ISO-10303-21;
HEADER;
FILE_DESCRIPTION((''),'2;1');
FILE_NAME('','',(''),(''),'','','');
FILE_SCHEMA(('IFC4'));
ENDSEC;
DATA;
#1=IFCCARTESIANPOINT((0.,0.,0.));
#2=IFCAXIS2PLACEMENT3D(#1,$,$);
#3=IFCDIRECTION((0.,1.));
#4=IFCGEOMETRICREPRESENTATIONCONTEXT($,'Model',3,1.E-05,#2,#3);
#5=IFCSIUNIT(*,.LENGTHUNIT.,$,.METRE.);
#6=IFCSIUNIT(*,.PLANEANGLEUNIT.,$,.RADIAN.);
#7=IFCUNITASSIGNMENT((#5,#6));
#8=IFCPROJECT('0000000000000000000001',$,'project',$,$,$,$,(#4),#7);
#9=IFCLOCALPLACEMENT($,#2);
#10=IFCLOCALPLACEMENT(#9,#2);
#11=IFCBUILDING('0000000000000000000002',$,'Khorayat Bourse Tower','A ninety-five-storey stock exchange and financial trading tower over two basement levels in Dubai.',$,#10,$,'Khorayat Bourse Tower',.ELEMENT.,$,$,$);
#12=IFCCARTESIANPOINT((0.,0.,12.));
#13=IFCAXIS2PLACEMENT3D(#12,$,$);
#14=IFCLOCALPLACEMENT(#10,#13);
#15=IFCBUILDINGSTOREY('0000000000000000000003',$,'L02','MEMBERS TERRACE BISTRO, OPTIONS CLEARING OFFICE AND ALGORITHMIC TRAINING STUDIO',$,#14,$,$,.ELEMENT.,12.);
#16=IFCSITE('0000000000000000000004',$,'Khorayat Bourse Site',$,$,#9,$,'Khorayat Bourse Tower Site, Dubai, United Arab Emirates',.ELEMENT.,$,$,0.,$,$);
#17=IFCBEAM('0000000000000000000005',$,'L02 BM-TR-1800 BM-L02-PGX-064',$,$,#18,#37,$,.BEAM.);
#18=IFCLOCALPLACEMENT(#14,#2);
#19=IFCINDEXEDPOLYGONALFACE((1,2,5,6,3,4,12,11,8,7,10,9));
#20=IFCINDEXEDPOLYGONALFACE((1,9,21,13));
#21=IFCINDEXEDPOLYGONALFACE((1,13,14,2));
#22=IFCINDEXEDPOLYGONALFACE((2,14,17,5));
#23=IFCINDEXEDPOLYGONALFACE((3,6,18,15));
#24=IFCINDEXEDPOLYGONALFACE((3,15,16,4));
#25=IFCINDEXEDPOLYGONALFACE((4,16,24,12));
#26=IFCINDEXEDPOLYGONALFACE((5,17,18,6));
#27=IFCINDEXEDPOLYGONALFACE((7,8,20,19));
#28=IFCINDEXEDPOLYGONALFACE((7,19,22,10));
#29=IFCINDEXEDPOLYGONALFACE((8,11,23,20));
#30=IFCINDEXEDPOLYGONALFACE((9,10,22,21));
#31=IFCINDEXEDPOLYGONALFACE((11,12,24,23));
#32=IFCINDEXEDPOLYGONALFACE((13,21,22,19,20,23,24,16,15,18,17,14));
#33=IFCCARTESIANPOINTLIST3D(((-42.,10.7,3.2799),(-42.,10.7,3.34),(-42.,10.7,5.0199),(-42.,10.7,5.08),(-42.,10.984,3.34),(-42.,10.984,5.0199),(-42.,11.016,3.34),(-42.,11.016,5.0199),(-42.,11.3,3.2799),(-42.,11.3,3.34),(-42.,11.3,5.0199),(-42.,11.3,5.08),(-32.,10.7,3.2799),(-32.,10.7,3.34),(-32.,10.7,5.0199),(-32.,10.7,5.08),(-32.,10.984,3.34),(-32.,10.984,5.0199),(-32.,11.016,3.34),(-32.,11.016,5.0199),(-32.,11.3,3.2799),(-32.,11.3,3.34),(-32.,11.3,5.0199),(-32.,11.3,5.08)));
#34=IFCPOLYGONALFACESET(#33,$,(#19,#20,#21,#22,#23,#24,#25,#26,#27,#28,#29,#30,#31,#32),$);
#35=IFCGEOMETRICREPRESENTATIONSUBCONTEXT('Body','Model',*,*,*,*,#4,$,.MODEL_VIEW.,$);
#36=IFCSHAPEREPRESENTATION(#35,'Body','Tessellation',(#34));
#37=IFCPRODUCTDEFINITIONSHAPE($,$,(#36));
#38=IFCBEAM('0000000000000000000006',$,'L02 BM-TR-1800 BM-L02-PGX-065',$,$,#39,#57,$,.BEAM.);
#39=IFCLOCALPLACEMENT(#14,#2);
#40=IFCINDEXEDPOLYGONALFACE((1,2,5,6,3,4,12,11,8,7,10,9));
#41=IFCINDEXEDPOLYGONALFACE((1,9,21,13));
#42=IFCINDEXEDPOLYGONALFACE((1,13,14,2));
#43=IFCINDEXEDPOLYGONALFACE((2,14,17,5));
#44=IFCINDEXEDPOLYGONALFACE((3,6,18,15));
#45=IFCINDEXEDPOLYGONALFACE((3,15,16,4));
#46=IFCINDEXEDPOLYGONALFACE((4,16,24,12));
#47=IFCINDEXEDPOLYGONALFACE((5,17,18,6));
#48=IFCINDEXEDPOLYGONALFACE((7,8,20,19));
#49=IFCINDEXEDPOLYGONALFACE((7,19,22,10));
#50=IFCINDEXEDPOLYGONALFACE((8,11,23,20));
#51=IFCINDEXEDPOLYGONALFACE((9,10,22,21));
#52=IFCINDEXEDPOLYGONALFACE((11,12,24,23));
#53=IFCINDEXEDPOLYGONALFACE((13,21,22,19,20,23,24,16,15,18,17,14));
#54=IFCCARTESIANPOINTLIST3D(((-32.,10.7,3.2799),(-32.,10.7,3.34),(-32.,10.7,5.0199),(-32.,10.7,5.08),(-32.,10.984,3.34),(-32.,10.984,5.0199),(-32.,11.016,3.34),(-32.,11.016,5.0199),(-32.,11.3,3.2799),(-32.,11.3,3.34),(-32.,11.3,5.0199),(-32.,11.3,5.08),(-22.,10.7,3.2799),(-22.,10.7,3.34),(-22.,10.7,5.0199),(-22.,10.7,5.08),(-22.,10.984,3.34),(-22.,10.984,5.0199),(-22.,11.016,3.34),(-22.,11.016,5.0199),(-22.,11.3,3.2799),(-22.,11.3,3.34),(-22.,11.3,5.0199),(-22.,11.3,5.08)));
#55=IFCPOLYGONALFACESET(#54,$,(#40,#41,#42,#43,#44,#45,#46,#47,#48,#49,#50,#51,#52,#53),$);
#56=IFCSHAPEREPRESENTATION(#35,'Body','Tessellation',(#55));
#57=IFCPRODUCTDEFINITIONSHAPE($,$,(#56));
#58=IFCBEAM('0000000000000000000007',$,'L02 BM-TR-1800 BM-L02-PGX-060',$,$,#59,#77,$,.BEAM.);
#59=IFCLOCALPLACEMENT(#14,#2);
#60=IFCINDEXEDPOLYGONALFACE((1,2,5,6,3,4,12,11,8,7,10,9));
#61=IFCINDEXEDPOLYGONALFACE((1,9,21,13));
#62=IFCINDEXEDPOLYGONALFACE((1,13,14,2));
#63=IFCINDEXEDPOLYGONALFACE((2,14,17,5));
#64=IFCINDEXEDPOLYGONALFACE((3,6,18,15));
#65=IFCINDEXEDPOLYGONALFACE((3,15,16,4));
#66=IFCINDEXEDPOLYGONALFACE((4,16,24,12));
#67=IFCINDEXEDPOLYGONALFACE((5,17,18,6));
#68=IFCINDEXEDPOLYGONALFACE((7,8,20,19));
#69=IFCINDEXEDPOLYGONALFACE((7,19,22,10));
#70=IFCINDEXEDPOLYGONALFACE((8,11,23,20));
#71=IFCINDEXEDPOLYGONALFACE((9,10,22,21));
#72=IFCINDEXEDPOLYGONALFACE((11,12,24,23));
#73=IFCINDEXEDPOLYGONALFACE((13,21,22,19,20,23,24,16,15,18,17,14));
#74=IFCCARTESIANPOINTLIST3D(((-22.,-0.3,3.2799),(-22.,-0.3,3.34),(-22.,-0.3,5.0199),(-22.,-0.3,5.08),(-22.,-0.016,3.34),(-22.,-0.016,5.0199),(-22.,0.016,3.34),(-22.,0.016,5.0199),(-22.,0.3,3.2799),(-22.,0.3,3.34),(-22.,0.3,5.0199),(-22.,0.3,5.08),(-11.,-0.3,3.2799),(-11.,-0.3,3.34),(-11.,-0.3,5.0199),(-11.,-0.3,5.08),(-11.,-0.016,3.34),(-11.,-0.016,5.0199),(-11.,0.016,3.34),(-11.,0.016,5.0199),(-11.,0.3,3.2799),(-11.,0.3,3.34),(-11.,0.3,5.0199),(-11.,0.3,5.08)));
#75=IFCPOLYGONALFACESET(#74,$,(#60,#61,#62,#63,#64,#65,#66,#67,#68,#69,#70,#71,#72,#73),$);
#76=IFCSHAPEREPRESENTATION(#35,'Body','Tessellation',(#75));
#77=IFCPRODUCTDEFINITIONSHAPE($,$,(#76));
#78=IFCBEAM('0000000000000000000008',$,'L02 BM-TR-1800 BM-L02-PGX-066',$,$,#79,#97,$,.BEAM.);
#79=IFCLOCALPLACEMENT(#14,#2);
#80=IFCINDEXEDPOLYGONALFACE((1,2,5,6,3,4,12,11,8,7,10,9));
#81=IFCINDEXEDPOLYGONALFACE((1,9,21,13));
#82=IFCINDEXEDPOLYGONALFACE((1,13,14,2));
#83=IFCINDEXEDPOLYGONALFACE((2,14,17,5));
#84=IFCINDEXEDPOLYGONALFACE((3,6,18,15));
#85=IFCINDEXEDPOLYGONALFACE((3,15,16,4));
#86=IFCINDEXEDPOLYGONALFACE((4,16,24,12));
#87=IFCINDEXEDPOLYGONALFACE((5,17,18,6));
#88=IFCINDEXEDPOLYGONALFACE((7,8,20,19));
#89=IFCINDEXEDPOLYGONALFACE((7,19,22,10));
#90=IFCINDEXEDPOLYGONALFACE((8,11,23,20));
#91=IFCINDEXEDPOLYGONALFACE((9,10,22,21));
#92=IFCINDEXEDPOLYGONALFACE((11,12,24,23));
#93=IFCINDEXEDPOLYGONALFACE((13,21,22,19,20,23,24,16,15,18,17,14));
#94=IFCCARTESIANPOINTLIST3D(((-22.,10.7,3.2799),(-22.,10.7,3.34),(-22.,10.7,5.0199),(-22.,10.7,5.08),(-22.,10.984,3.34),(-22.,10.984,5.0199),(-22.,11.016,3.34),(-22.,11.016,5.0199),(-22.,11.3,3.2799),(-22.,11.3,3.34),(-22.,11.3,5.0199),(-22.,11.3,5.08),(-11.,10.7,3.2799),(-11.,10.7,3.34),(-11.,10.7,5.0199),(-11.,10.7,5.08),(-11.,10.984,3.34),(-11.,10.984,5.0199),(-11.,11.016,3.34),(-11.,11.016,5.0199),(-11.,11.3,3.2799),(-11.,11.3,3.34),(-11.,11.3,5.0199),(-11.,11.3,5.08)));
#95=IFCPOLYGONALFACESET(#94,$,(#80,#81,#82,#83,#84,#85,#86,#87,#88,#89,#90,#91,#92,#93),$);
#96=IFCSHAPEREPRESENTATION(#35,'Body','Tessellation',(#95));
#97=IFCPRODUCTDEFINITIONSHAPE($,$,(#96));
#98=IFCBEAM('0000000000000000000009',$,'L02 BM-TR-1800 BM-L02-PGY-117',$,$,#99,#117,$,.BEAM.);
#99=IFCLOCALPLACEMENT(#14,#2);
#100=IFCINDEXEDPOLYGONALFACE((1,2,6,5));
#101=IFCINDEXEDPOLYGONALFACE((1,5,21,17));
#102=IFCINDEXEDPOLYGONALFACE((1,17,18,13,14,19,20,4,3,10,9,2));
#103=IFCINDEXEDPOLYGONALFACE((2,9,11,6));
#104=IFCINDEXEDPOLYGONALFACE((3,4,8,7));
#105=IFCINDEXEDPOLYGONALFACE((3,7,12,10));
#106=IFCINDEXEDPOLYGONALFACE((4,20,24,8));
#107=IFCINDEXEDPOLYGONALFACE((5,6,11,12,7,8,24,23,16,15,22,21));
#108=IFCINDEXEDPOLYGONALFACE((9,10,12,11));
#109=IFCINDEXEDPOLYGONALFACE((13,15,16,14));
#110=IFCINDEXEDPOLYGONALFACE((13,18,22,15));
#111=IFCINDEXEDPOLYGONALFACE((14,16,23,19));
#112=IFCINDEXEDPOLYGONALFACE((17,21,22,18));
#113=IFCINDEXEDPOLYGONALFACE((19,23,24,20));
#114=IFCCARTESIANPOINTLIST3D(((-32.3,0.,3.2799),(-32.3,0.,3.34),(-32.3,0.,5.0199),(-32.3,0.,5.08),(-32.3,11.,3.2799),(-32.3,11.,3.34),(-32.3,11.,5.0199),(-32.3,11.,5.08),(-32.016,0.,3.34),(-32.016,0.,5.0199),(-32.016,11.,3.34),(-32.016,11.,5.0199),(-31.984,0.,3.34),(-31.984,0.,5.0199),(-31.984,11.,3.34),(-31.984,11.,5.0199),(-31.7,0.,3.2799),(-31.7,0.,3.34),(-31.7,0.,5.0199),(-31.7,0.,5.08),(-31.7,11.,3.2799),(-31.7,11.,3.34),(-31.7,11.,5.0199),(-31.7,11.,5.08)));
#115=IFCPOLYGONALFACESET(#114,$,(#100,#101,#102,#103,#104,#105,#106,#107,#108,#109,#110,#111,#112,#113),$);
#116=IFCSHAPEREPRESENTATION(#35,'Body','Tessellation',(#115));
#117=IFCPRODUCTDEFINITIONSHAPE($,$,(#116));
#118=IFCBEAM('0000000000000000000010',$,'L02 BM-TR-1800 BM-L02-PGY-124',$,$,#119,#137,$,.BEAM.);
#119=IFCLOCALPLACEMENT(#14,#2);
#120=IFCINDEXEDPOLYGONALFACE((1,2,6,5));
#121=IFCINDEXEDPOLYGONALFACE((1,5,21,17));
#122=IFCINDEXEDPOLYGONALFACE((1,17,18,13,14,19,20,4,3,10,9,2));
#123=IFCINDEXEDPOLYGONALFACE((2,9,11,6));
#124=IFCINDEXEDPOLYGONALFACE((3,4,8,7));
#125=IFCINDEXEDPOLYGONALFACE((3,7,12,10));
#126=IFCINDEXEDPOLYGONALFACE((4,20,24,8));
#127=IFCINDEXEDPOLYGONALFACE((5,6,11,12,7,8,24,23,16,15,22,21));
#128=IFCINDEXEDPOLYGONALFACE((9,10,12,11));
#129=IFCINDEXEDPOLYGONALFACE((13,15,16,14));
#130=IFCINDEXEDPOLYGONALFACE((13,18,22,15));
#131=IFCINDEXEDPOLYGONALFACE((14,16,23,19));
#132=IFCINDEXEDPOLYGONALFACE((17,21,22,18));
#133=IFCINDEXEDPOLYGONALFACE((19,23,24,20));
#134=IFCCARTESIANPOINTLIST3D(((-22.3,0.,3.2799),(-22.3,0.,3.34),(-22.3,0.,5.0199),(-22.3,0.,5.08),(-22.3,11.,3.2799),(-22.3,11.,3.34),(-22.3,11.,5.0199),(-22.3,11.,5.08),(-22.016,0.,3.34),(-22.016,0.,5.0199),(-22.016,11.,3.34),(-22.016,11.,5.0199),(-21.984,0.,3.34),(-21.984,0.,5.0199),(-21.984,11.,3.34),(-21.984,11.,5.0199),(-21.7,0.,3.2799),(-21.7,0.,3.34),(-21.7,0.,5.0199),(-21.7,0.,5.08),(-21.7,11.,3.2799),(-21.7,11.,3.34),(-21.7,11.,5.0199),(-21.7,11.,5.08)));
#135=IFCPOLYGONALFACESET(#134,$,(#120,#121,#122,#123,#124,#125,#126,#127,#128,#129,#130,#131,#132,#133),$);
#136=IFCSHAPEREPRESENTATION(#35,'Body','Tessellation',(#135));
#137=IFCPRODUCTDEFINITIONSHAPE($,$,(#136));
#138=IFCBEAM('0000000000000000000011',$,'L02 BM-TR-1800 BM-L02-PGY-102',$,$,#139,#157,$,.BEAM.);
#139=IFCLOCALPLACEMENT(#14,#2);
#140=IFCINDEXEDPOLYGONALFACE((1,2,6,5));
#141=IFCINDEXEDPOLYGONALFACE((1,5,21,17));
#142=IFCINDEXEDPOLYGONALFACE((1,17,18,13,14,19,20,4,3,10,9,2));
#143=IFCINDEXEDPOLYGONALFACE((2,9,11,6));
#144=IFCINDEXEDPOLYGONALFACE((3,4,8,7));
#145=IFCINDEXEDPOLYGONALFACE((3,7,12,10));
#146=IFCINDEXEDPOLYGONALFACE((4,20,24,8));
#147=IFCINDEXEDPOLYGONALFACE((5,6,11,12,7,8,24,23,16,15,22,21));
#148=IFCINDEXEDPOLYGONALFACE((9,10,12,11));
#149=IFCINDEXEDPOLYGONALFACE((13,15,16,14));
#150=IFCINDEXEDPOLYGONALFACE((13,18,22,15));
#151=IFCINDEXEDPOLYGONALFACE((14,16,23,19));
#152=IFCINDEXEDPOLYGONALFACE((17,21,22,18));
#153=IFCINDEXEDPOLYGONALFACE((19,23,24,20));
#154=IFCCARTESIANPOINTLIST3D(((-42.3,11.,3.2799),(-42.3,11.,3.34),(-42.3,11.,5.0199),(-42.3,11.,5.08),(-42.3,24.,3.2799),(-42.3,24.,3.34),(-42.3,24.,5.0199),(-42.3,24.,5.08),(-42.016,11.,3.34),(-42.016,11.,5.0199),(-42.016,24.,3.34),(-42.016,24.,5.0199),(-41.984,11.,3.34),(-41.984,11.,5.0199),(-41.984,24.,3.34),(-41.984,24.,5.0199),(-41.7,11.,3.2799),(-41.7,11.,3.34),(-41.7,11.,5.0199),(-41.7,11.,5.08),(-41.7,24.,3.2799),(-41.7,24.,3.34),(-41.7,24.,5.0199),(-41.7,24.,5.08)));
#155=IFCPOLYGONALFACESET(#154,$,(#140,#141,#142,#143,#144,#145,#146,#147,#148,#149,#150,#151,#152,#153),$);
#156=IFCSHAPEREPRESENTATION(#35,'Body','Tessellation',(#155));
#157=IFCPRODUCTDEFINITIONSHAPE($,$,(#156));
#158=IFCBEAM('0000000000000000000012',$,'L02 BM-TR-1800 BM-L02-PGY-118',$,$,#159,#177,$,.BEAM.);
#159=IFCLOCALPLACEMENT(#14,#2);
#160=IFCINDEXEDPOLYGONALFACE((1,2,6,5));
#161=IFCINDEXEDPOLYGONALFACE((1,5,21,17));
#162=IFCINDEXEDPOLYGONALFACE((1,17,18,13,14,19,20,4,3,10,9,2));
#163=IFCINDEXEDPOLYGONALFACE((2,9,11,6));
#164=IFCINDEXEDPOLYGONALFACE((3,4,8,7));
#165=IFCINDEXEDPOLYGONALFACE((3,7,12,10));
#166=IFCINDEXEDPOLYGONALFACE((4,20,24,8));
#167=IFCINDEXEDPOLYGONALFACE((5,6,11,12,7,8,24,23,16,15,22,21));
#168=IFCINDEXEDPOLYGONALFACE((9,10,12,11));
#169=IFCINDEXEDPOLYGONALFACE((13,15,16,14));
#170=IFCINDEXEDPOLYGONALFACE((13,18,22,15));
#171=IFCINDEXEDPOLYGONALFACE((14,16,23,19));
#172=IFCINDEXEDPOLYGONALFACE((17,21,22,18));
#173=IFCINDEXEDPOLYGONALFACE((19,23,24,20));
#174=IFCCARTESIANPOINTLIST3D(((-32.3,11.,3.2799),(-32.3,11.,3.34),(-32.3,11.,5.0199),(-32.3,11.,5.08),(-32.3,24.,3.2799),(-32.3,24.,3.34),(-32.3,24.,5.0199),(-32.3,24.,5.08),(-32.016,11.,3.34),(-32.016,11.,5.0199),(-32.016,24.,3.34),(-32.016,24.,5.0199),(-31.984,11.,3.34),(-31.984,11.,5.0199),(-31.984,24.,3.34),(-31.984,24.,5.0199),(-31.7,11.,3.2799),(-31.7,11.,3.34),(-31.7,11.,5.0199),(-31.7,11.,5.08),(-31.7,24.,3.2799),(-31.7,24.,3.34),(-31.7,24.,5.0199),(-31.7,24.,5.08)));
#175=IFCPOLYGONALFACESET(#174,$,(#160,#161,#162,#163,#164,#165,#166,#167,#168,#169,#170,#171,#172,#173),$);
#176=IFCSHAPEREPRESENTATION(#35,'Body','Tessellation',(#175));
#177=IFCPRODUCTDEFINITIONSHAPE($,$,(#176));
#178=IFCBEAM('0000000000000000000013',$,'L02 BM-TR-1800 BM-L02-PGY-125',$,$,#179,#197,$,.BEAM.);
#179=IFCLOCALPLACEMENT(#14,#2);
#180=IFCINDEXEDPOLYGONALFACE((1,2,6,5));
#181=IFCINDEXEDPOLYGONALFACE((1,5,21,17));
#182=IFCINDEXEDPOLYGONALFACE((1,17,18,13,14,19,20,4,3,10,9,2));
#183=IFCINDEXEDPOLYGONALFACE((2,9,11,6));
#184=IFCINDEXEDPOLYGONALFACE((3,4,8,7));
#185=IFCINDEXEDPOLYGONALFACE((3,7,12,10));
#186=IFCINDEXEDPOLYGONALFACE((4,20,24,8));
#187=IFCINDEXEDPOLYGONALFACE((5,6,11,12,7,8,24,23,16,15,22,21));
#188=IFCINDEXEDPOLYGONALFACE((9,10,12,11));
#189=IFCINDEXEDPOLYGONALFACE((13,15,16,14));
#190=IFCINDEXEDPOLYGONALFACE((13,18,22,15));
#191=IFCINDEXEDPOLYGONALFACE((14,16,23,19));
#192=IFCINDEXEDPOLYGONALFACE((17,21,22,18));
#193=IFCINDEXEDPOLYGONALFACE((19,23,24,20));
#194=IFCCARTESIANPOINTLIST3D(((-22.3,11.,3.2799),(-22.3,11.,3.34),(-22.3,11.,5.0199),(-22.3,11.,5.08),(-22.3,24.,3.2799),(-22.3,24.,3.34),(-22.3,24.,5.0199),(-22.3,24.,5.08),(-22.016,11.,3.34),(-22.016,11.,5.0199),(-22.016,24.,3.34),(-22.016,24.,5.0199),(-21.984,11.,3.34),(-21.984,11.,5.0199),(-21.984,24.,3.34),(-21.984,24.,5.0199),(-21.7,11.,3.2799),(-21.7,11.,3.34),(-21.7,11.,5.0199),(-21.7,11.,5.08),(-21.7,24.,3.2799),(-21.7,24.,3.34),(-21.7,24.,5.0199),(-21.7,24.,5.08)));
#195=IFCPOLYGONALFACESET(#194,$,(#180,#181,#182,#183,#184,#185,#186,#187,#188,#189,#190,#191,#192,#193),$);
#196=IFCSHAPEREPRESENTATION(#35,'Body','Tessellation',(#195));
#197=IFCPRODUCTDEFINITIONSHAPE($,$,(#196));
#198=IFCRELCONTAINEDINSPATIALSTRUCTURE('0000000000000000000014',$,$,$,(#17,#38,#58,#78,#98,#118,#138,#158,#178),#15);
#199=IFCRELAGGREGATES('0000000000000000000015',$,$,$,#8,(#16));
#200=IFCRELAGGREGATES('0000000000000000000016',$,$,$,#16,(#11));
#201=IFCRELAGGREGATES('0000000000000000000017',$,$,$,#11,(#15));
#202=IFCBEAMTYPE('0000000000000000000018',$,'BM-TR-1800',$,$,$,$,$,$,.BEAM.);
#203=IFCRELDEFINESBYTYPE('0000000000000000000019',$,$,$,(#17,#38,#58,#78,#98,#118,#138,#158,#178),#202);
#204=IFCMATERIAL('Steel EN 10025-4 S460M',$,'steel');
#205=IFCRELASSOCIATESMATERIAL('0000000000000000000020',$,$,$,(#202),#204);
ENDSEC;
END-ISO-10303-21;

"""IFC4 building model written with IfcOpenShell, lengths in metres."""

from ifc_helpers import new_model, si_unit, direction, frame, origin, origin_2d, place, context, subcontext, project, spatial, i_section, extrude, source, transform, mapped, material, material_profile, profile_set, type_object, element, save


model = new_model("IFC4")

# Units and contexts
model_context = context("Model", 3, precision=1e-05, world=origin(), true_north=direction((0.0, 1.0)))
body_context = subcontext(model_context, "Body", "Model", "MODEL_VIEW")
ifc_project = project(units=[si_unit("LENGTHUNIT", "METRE"), si_unit("PLANEANGLEUNIT", "RADIAN")], contexts=[model_context])

# Site, building, storey
site_placement = place(None, origin())
site = spatial("IfcSite", under=ifc_project, at=site_placement, Name="Khorayat Bourse Site", LongName="Khorayat Bourse Tower Site, Dubai, United Arab Emirates", CompositionType="ELEMENT", RefElevation=0.0)
building_placement = place(site_placement, origin())
building = spatial("IfcBuilding", under=site, at=building_placement, Name="Khorayat Bourse Tower", Description="A ninety-five-storey stock exchange and financial trading tower over two basement levels in Dubai.", LongName="Khorayat Bourse Tower", CompositionType="ELEMENT")
storey_placement = place(building_placement, frame((0.0, 0.0, 12.0)))
storey = spatial("IfcBuildingStorey", under=building, at=storey_placement, Name="L02", Description="MEMBERS TERRACE BISTRO, OPTIONS CLEARING OFFICE AND ALGORITHMIC TRAINING STUDIO", CompositionType="ELEMENT", Elevation=12.0)

# Beams
ifc_material_1 = material(Name="Steel EN 10025-4 S460M", Category="steel")
ifc_material_profile_1 = material_profile(ifc_material_1, i_section(OverallWidth=0.6001, OverallDepth=1.8, WebThickness=0.032, FlangeThickness=0.0601, at=origin_2d()), Name="PG 1800x600x32x60")
ifc_profile_set_1 = profile_set([ifc_material_profile_1], Name="Steel EN 10025-4 S460M")
beam_type_1 = type_object("IfcBeamType", Name="BM-TR-1800", PredefinedType="BEAM", material=ifc_profile_set_1)
shared_shape_1 = source(origin(), body_context, "Body", "SweptSolid", [
    extrude(i_section(OverallWidth=0.6001, OverallDepth=1.8, WebThickness=0.032, FlangeThickness=0.0601, at=origin_2d()), origin(), (0.0, 0.0, 1.0), 10.0),
])
for number, where, z_axis, x_axis, name in (
    (1, (-42.0, 11.0, 4.1799), (1.0, 0.0, 0.0), (0.0, 1.0, 0.0), "L02 BM-TR-1800 BM-L02-PGX-064"),
    (2, (-32.0, 11.0, 4.1799), (1.0, 0.0, 0.0), (0.0, 1.0, 0.0), "L02 BM-TR-1800 BM-L02-PGX-065"),
):
    element("IfcBeam", number, at=place(storey_placement, frame(where, z_axis=z_axis, x_axis=x_axis)), inside=storey, type_object=beam_type_1, Name=name, PredefinedType="BEAM", context=body_context, shape_type="MappedRepresentation", body=[
        mapped(shared_shape_1, transform((0.0, 0.0, 0.0), scale=1.0)),
    ])
shared_shape_2 = source(origin(), body_context, "Body", "SweptSolid", [
    extrude(i_section(OverallWidth=0.6001, OverallDepth=1.8, WebThickness=0.032, FlangeThickness=0.0601, at=origin_2d()), origin(), (0.0, 0.0, 1.0), 11.0),
])
for number, where, z_axis, x_axis, name in (
    (3, (-22.0, 0.0, 4.1799), (1.0, 0.0, 0.0), (0.0, 1.0, 0.0), "L02 BM-TR-1800 BM-L02-PGX-060"),
    (4, (-22.0, 11.0, 4.1799), (1.0, 0.0, 0.0), (0.0, 1.0, 0.0), "L02 BM-TR-1800 BM-L02-PGX-066"),
    (5, (-32.0, 0.0, 4.1799), (0.0, 1.0, 0.0), (-1.0, 0.0, 0.0), "L02 BM-TR-1800 BM-L02-PGY-117"),
    (6, (-22.0, 0.0, 4.1799), (0.0, 1.0, 0.0), (-1.0, 0.0, 0.0), "L02 BM-TR-1800 BM-L02-PGY-124"),
):
    element("IfcBeam", number, at=place(storey_placement, frame(where, z_axis=z_axis, x_axis=x_axis)), inside=storey, type_object=beam_type_1, Name=name, PredefinedType="BEAM", context=body_context, shape_type="MappedRepresentation", body=[
        mapped(shared_shape_2, transform((0.0, 0.0, 0.0), scale=1.0)),
    ])
shared_shape_3 = source(origin(), body_context, "Body", "SweptSolid", [
    extrude(i_section(OverallWidth=0.6001, OverallDepth=1.8, WebThickness=0.032, FlangeThickness=0.0601, at=origin_2d()), origin(), (0.0, 0.0, 1.0), 13.0),
])
for number, where, z_axis, x_axis, name in (
    (7, (-42.0, 11.0, 4.1799), (0.0, 1.0, 0.0), (-1.0, 0.0, 0.0), "L02 BM-TR-1800 BM-L02-PGY-102"),
    (8, (-32.0, 11.0, 4.1799), (0.0, 1.0, 0.0), (-1.0, 0.0, 0.0), "L02 BM-TR-1800 BM-L02-PGY-118"),
    (9, (-22.0, 11.0, 4.1799), (0.0, 1.0, 0.0), (-1.0, 0.0, 0.0), "L02 BM-TR-1800 BM-L02-PGY-125"),
):
    element("IfcBeam", number, at=place(storey_placement, frame(where, z_axis=z_axis, x_axis=x_axis)), inside=storey, type_object=beam_type_1, Name=name, PredefinedType="BEAM", context=body_context, shape_type="MappedRepresentation", body=[
        mapped(shared_shape_3, transform((0.0, 0.0, 0.0), scale=1.0)),
    ])

save(model, "model.ifc")
